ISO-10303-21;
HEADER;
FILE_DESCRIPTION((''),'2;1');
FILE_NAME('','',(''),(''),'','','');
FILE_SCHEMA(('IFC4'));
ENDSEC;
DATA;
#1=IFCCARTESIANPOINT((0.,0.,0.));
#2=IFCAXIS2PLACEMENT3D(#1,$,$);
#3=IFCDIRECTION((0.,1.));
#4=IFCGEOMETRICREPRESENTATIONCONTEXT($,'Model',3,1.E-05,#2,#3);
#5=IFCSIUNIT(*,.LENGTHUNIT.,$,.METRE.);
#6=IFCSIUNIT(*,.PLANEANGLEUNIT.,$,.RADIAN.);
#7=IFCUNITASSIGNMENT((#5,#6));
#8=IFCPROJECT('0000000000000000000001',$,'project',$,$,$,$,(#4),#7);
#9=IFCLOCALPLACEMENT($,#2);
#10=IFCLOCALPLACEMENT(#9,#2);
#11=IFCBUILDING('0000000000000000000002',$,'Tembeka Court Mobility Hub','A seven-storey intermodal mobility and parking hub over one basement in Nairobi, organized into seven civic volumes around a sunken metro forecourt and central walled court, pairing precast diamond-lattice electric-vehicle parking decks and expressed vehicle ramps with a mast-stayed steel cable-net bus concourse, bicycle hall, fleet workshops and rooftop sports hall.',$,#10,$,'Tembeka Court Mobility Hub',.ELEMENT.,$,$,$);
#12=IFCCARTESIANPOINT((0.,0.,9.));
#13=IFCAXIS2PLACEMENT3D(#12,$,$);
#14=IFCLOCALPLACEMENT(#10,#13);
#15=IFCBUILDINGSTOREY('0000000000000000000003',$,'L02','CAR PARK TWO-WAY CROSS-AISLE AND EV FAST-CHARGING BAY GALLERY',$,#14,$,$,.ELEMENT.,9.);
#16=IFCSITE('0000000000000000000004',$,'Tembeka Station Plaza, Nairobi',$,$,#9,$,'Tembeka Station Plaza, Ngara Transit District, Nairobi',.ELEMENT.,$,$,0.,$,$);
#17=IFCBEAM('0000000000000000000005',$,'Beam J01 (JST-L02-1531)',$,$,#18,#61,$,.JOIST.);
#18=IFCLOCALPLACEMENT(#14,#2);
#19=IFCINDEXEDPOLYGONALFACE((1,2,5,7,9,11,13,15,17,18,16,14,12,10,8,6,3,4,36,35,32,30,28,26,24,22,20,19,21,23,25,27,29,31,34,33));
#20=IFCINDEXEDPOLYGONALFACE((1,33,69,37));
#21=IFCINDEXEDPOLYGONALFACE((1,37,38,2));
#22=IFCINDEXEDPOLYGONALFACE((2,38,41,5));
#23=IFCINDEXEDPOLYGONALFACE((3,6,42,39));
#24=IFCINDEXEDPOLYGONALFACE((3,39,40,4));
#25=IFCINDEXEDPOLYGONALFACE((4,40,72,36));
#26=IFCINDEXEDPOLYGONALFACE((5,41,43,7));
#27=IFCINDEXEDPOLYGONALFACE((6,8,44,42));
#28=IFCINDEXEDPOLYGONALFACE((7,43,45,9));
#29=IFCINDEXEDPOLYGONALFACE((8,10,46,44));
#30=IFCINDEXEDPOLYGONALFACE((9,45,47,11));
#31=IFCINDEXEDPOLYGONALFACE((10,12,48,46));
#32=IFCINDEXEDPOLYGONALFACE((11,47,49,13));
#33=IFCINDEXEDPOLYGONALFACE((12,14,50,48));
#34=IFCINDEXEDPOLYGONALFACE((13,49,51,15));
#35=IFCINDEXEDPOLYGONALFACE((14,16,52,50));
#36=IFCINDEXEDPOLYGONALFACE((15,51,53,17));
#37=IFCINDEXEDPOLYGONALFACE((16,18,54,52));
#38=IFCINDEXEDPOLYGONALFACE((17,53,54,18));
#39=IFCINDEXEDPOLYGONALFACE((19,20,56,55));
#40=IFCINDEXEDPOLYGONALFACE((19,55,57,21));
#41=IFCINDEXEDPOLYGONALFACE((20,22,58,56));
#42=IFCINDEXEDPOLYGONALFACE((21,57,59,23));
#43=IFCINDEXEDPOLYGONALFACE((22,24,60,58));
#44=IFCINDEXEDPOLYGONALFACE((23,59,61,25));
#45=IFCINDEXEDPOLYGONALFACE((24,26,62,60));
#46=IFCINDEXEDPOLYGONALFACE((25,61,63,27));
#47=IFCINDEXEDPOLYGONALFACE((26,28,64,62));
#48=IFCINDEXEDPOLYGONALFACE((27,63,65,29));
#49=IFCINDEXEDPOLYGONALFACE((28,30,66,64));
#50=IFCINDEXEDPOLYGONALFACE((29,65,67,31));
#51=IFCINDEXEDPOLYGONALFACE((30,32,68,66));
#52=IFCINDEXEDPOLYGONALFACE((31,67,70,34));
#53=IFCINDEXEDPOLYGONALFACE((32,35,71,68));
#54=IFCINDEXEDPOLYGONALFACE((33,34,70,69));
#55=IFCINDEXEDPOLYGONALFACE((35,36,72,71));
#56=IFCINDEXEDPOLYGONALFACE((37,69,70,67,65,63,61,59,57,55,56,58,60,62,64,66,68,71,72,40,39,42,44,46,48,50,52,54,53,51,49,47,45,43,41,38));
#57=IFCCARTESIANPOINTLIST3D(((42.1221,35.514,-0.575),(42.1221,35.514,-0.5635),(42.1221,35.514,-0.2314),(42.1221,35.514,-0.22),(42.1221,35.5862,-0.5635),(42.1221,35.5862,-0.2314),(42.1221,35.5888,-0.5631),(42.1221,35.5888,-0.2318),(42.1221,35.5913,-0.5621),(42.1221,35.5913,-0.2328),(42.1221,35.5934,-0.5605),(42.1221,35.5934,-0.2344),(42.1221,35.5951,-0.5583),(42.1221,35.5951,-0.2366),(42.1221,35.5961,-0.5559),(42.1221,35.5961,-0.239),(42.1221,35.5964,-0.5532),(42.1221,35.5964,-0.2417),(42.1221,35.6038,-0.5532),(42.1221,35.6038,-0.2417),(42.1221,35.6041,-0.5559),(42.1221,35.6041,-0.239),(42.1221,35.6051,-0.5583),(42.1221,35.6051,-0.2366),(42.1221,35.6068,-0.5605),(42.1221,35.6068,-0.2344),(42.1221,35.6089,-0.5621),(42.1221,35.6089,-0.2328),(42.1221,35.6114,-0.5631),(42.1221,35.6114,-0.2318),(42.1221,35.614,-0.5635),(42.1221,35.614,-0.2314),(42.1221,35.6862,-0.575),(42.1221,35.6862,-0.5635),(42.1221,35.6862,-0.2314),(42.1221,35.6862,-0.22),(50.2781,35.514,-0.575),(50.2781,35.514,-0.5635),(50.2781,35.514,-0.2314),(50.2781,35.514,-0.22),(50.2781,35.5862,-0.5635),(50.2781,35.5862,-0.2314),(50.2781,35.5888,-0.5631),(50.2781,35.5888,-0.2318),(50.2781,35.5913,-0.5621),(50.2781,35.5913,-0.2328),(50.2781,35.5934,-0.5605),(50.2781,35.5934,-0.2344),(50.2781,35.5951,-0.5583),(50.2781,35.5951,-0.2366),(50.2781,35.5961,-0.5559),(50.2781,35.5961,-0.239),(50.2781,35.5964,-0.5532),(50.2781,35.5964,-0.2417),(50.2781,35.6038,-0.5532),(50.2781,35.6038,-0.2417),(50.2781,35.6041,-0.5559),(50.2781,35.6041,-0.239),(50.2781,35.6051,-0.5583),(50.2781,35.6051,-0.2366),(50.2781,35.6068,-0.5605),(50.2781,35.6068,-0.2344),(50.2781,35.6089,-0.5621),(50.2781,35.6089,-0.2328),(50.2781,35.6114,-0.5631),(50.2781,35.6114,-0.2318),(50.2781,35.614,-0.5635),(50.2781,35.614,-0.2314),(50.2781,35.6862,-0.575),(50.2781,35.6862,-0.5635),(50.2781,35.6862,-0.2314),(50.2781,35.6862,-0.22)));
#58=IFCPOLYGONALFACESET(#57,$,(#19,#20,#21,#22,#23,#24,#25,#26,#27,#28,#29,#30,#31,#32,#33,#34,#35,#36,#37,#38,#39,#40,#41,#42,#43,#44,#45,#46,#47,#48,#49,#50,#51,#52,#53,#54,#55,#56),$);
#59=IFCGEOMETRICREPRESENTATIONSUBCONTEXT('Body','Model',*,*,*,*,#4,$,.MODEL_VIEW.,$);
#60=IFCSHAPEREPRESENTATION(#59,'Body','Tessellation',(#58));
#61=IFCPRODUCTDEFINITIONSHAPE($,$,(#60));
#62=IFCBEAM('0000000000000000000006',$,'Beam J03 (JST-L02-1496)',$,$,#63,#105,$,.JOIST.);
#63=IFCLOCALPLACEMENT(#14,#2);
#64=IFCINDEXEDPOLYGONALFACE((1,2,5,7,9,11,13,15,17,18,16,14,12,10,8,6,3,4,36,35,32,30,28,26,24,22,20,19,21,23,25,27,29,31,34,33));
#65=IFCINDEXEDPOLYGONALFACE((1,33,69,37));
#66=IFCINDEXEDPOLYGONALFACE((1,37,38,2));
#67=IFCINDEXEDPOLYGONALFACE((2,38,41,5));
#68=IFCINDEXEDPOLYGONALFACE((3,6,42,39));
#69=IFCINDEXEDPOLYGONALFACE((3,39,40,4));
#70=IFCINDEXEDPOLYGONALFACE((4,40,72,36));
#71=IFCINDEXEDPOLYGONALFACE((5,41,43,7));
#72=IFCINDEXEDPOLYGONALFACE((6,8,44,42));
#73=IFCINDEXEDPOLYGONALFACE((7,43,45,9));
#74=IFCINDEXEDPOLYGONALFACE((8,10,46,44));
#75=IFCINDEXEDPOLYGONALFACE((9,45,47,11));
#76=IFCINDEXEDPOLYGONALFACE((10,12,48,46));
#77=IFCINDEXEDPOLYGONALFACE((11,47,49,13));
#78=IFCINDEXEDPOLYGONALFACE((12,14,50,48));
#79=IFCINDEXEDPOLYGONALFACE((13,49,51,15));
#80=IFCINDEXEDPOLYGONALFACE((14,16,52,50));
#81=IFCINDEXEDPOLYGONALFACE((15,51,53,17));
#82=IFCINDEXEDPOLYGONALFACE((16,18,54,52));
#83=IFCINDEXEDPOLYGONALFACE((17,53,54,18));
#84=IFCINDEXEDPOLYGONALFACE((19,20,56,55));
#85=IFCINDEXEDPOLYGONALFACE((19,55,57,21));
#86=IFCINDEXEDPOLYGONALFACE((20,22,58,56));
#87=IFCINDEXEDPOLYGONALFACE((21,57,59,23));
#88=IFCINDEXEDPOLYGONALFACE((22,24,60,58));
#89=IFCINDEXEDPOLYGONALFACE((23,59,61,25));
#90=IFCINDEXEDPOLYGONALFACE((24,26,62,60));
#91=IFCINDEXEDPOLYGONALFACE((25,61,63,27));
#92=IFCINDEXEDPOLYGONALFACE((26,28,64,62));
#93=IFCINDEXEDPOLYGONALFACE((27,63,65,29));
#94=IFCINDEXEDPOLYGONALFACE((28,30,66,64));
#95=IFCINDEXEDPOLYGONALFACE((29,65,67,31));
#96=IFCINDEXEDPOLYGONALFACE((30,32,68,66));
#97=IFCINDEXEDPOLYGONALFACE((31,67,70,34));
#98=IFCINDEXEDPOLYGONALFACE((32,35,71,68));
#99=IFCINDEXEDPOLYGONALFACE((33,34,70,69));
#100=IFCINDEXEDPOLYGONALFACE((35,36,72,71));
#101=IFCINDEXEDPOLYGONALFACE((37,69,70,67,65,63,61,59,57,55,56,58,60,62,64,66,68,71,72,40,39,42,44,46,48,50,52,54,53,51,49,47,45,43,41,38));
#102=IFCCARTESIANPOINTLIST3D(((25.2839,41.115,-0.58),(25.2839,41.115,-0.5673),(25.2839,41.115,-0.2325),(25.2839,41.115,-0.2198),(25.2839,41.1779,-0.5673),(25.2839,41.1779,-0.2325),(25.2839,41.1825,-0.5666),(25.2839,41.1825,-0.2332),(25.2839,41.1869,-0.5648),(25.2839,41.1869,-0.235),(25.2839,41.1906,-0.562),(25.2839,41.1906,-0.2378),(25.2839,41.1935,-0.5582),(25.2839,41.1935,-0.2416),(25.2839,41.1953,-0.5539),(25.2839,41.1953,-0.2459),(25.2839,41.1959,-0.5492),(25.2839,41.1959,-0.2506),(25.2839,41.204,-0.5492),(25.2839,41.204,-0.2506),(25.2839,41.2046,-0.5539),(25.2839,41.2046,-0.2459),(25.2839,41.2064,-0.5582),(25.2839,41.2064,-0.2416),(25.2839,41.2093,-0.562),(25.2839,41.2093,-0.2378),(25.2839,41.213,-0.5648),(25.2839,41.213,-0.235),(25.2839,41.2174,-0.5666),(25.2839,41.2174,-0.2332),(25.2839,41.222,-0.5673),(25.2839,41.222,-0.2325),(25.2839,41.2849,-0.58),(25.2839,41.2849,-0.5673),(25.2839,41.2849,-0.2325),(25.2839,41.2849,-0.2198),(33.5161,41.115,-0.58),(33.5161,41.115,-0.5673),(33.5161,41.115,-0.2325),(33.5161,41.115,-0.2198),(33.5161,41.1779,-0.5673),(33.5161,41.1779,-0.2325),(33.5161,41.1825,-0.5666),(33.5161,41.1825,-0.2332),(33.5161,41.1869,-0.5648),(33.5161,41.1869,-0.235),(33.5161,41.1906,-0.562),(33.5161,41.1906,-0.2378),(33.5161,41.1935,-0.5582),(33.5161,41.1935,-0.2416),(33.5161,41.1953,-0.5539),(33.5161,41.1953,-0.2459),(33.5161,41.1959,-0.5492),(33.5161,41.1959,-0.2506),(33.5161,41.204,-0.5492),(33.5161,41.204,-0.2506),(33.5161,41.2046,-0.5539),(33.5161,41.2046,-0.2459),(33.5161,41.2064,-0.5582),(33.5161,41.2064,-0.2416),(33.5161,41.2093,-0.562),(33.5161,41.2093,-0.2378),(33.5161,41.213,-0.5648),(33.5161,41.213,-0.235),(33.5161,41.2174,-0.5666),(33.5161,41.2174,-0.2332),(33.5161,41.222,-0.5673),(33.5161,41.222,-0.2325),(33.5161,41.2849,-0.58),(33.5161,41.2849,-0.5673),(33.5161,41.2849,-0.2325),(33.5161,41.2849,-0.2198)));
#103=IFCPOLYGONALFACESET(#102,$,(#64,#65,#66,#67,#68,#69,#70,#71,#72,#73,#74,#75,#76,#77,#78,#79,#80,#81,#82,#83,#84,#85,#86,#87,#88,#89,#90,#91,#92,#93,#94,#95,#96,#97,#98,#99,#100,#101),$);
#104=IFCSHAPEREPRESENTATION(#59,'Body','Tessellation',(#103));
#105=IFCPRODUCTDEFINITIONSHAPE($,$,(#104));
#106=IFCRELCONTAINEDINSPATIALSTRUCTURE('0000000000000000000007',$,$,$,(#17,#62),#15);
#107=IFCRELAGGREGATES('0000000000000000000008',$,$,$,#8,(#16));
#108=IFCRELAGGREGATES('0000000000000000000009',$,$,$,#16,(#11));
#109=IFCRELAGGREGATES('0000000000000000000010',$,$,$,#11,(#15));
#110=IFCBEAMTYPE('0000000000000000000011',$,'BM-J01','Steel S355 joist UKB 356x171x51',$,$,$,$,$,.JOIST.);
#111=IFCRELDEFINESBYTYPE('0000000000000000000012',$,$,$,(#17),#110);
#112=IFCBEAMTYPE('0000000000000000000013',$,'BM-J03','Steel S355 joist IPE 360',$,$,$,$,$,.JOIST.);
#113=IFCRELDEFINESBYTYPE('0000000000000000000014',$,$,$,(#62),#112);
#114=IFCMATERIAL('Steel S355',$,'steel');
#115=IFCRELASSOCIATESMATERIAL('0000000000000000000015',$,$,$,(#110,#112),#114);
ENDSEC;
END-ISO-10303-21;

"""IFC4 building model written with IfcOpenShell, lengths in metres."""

from ifc_helpers import new_model, si_unit, direction, frame, origin, origin_2d, place, context, subcontext, project, spatial, i_section, extrude, material, material_profile, profile_set, type_object, element, save


model = new_model("IFC4")

# Units and contexts
model_context = context("Model", 3, precision=1e-05, world=origin(), true_north=direction((0.0, 1.0)))
body_context = subcontext(model_context, "Body", "Model", "MODEL_VIEW")
ifc_project = project(units=[si_unit("LENGTHUNIT", "METRE"), si_unit("PLANEANGLEUNIT", "RADIAN")], contexts=[model_context])

# Site, building, storey
site_placement = place(None, origin())
site = spatial("IfcSite", under=ifc_project, at=site_placement, Name="Tembeka Station Plaza, Nairobi", LongName="Tembeka Station Plaza, Ngara Transit District, Nairobi", CompositionType="ELEMENT", RefElevation=0.0)
building_placement = place(site_placement, origin())
building = spatial("IfcBuilding", under=site, at=building_placement, Name="Tembeka Court Mobility Hub", Description="A seven-storey intermodal mobility and parking hub over one basement in Nairobi, organized into seven civic volumes around a sunken metro forecourt and central walled court, pairing precast diamond-lattice electric-vehicle parking decks and expressed vehicle ramps with a mast-stayed steel cable-net bus concourse, bicycle hall, fleet workshops and rooftop sports hall.", LongName="Tembeka Court Mobility Hub", CompositionType="ELEMENT")
storey_placement = place(building_placement, frame((0.0, 0.0, 9.0)))
storey = spatial("IfcBuildingStorey", under=building, at=storey_placement, Name="L02", Description="CAR PARK TWO-WAY CROSS-AISLE AND EV FAST-CHARGING BAY GALLERY", CompositionType="ELEMENT", Elevation=9.0)

# Shared definitions
ifc_material_1 = material(Name="Steel S355", Category="steel")

# Beams
ifc_material_profile_1 = material_profile(ifc_material_1, i_section(OverallWidth=0.1721, OverallDepth=0.355, WebThickness=0.0073, FlangeThickness=0.0115, FilletRadius=0.0103, at=origin_2d()), Name="UKB 356x171x51")
ifc_profile_set_1 = profile_set([ifc_material_profile_1], Name="Steel S355")
beam_type_1 = type_object("IfcBeamType", Name="BM-J01", Description="Steel S355 joist UKB 356x171x51", PredefinedType="JOIST", material=ifc_profile_set_1)
for number, where, z_axis, x_axis, name in (
    (1, (42.1221, 35.6001, -0.3975), (1.0, 0.0, 0.0), (0.0, 1.0, 0.0), "Beam J01 (JST-L02-1531)"),
):
    element("IfcBeam", number, at=place(storey_placement, frame(where, z_axis=z_axis, x_axis=x_axis)), inside=storey, type_object=beam_type_1, Name=name, PredefinedType="JOIST", context=body_context, shape_type="SweptSolid", body=[
        extrude(i_section(OverallWidth=0.1721, OverallDepth=0.355, WebThickness=0.0073, FlangeThickness=0.0115, FilletRadius=0.0103, at=origin_2d()), origin(), (0.0, 0.0, 1.0), 8.156),
    ])
ifc_material_profile_2 = material_profile(ifc_material_1, i_section(OverallWidth=0.1699, OverallDepth=0.3601, WebThickness=0.0081, FlangeThickness=0.0127, FilletRadius=0.0181, at=origin_2d()), Name="IPE 360")
ifc_profile_set_2 = profile_set([ifc_material_profile_2], Name="Steel S355")
beam_type_2 = type_object("IfcBeamType", Name="BM-J03", Description="Steel S355 joist IPE 360", PredefinedType="JOIST", material=ifc_profile_set_2)
beam_1_placement = place(storey_placement, frame((25.2839, 41.2, -0.3999), z_axis=(1.0, 0.0, 0.0), x_axis=(0.0, 1.0, 0.0)))
element("IfcBeam", 2, at=beam_1_placement, inside=storey, type_object=beam_type_2, Name="Beam J03 (JST-L02-1496)", PredefinedType="JOIST", context=body_context, shape_type="SweptSolid", body=[
    extrude(i_section(OverallWidth=0.1699, OverallDepth=0.3601, WebThickness=0.0081, FlangeThickness=0.0127, FilletRadius=0.0181, at=origin_2d()), origin(), (0.0, 0.0, 1.0), 8.2322),
])

save(model, "model.ifc")
